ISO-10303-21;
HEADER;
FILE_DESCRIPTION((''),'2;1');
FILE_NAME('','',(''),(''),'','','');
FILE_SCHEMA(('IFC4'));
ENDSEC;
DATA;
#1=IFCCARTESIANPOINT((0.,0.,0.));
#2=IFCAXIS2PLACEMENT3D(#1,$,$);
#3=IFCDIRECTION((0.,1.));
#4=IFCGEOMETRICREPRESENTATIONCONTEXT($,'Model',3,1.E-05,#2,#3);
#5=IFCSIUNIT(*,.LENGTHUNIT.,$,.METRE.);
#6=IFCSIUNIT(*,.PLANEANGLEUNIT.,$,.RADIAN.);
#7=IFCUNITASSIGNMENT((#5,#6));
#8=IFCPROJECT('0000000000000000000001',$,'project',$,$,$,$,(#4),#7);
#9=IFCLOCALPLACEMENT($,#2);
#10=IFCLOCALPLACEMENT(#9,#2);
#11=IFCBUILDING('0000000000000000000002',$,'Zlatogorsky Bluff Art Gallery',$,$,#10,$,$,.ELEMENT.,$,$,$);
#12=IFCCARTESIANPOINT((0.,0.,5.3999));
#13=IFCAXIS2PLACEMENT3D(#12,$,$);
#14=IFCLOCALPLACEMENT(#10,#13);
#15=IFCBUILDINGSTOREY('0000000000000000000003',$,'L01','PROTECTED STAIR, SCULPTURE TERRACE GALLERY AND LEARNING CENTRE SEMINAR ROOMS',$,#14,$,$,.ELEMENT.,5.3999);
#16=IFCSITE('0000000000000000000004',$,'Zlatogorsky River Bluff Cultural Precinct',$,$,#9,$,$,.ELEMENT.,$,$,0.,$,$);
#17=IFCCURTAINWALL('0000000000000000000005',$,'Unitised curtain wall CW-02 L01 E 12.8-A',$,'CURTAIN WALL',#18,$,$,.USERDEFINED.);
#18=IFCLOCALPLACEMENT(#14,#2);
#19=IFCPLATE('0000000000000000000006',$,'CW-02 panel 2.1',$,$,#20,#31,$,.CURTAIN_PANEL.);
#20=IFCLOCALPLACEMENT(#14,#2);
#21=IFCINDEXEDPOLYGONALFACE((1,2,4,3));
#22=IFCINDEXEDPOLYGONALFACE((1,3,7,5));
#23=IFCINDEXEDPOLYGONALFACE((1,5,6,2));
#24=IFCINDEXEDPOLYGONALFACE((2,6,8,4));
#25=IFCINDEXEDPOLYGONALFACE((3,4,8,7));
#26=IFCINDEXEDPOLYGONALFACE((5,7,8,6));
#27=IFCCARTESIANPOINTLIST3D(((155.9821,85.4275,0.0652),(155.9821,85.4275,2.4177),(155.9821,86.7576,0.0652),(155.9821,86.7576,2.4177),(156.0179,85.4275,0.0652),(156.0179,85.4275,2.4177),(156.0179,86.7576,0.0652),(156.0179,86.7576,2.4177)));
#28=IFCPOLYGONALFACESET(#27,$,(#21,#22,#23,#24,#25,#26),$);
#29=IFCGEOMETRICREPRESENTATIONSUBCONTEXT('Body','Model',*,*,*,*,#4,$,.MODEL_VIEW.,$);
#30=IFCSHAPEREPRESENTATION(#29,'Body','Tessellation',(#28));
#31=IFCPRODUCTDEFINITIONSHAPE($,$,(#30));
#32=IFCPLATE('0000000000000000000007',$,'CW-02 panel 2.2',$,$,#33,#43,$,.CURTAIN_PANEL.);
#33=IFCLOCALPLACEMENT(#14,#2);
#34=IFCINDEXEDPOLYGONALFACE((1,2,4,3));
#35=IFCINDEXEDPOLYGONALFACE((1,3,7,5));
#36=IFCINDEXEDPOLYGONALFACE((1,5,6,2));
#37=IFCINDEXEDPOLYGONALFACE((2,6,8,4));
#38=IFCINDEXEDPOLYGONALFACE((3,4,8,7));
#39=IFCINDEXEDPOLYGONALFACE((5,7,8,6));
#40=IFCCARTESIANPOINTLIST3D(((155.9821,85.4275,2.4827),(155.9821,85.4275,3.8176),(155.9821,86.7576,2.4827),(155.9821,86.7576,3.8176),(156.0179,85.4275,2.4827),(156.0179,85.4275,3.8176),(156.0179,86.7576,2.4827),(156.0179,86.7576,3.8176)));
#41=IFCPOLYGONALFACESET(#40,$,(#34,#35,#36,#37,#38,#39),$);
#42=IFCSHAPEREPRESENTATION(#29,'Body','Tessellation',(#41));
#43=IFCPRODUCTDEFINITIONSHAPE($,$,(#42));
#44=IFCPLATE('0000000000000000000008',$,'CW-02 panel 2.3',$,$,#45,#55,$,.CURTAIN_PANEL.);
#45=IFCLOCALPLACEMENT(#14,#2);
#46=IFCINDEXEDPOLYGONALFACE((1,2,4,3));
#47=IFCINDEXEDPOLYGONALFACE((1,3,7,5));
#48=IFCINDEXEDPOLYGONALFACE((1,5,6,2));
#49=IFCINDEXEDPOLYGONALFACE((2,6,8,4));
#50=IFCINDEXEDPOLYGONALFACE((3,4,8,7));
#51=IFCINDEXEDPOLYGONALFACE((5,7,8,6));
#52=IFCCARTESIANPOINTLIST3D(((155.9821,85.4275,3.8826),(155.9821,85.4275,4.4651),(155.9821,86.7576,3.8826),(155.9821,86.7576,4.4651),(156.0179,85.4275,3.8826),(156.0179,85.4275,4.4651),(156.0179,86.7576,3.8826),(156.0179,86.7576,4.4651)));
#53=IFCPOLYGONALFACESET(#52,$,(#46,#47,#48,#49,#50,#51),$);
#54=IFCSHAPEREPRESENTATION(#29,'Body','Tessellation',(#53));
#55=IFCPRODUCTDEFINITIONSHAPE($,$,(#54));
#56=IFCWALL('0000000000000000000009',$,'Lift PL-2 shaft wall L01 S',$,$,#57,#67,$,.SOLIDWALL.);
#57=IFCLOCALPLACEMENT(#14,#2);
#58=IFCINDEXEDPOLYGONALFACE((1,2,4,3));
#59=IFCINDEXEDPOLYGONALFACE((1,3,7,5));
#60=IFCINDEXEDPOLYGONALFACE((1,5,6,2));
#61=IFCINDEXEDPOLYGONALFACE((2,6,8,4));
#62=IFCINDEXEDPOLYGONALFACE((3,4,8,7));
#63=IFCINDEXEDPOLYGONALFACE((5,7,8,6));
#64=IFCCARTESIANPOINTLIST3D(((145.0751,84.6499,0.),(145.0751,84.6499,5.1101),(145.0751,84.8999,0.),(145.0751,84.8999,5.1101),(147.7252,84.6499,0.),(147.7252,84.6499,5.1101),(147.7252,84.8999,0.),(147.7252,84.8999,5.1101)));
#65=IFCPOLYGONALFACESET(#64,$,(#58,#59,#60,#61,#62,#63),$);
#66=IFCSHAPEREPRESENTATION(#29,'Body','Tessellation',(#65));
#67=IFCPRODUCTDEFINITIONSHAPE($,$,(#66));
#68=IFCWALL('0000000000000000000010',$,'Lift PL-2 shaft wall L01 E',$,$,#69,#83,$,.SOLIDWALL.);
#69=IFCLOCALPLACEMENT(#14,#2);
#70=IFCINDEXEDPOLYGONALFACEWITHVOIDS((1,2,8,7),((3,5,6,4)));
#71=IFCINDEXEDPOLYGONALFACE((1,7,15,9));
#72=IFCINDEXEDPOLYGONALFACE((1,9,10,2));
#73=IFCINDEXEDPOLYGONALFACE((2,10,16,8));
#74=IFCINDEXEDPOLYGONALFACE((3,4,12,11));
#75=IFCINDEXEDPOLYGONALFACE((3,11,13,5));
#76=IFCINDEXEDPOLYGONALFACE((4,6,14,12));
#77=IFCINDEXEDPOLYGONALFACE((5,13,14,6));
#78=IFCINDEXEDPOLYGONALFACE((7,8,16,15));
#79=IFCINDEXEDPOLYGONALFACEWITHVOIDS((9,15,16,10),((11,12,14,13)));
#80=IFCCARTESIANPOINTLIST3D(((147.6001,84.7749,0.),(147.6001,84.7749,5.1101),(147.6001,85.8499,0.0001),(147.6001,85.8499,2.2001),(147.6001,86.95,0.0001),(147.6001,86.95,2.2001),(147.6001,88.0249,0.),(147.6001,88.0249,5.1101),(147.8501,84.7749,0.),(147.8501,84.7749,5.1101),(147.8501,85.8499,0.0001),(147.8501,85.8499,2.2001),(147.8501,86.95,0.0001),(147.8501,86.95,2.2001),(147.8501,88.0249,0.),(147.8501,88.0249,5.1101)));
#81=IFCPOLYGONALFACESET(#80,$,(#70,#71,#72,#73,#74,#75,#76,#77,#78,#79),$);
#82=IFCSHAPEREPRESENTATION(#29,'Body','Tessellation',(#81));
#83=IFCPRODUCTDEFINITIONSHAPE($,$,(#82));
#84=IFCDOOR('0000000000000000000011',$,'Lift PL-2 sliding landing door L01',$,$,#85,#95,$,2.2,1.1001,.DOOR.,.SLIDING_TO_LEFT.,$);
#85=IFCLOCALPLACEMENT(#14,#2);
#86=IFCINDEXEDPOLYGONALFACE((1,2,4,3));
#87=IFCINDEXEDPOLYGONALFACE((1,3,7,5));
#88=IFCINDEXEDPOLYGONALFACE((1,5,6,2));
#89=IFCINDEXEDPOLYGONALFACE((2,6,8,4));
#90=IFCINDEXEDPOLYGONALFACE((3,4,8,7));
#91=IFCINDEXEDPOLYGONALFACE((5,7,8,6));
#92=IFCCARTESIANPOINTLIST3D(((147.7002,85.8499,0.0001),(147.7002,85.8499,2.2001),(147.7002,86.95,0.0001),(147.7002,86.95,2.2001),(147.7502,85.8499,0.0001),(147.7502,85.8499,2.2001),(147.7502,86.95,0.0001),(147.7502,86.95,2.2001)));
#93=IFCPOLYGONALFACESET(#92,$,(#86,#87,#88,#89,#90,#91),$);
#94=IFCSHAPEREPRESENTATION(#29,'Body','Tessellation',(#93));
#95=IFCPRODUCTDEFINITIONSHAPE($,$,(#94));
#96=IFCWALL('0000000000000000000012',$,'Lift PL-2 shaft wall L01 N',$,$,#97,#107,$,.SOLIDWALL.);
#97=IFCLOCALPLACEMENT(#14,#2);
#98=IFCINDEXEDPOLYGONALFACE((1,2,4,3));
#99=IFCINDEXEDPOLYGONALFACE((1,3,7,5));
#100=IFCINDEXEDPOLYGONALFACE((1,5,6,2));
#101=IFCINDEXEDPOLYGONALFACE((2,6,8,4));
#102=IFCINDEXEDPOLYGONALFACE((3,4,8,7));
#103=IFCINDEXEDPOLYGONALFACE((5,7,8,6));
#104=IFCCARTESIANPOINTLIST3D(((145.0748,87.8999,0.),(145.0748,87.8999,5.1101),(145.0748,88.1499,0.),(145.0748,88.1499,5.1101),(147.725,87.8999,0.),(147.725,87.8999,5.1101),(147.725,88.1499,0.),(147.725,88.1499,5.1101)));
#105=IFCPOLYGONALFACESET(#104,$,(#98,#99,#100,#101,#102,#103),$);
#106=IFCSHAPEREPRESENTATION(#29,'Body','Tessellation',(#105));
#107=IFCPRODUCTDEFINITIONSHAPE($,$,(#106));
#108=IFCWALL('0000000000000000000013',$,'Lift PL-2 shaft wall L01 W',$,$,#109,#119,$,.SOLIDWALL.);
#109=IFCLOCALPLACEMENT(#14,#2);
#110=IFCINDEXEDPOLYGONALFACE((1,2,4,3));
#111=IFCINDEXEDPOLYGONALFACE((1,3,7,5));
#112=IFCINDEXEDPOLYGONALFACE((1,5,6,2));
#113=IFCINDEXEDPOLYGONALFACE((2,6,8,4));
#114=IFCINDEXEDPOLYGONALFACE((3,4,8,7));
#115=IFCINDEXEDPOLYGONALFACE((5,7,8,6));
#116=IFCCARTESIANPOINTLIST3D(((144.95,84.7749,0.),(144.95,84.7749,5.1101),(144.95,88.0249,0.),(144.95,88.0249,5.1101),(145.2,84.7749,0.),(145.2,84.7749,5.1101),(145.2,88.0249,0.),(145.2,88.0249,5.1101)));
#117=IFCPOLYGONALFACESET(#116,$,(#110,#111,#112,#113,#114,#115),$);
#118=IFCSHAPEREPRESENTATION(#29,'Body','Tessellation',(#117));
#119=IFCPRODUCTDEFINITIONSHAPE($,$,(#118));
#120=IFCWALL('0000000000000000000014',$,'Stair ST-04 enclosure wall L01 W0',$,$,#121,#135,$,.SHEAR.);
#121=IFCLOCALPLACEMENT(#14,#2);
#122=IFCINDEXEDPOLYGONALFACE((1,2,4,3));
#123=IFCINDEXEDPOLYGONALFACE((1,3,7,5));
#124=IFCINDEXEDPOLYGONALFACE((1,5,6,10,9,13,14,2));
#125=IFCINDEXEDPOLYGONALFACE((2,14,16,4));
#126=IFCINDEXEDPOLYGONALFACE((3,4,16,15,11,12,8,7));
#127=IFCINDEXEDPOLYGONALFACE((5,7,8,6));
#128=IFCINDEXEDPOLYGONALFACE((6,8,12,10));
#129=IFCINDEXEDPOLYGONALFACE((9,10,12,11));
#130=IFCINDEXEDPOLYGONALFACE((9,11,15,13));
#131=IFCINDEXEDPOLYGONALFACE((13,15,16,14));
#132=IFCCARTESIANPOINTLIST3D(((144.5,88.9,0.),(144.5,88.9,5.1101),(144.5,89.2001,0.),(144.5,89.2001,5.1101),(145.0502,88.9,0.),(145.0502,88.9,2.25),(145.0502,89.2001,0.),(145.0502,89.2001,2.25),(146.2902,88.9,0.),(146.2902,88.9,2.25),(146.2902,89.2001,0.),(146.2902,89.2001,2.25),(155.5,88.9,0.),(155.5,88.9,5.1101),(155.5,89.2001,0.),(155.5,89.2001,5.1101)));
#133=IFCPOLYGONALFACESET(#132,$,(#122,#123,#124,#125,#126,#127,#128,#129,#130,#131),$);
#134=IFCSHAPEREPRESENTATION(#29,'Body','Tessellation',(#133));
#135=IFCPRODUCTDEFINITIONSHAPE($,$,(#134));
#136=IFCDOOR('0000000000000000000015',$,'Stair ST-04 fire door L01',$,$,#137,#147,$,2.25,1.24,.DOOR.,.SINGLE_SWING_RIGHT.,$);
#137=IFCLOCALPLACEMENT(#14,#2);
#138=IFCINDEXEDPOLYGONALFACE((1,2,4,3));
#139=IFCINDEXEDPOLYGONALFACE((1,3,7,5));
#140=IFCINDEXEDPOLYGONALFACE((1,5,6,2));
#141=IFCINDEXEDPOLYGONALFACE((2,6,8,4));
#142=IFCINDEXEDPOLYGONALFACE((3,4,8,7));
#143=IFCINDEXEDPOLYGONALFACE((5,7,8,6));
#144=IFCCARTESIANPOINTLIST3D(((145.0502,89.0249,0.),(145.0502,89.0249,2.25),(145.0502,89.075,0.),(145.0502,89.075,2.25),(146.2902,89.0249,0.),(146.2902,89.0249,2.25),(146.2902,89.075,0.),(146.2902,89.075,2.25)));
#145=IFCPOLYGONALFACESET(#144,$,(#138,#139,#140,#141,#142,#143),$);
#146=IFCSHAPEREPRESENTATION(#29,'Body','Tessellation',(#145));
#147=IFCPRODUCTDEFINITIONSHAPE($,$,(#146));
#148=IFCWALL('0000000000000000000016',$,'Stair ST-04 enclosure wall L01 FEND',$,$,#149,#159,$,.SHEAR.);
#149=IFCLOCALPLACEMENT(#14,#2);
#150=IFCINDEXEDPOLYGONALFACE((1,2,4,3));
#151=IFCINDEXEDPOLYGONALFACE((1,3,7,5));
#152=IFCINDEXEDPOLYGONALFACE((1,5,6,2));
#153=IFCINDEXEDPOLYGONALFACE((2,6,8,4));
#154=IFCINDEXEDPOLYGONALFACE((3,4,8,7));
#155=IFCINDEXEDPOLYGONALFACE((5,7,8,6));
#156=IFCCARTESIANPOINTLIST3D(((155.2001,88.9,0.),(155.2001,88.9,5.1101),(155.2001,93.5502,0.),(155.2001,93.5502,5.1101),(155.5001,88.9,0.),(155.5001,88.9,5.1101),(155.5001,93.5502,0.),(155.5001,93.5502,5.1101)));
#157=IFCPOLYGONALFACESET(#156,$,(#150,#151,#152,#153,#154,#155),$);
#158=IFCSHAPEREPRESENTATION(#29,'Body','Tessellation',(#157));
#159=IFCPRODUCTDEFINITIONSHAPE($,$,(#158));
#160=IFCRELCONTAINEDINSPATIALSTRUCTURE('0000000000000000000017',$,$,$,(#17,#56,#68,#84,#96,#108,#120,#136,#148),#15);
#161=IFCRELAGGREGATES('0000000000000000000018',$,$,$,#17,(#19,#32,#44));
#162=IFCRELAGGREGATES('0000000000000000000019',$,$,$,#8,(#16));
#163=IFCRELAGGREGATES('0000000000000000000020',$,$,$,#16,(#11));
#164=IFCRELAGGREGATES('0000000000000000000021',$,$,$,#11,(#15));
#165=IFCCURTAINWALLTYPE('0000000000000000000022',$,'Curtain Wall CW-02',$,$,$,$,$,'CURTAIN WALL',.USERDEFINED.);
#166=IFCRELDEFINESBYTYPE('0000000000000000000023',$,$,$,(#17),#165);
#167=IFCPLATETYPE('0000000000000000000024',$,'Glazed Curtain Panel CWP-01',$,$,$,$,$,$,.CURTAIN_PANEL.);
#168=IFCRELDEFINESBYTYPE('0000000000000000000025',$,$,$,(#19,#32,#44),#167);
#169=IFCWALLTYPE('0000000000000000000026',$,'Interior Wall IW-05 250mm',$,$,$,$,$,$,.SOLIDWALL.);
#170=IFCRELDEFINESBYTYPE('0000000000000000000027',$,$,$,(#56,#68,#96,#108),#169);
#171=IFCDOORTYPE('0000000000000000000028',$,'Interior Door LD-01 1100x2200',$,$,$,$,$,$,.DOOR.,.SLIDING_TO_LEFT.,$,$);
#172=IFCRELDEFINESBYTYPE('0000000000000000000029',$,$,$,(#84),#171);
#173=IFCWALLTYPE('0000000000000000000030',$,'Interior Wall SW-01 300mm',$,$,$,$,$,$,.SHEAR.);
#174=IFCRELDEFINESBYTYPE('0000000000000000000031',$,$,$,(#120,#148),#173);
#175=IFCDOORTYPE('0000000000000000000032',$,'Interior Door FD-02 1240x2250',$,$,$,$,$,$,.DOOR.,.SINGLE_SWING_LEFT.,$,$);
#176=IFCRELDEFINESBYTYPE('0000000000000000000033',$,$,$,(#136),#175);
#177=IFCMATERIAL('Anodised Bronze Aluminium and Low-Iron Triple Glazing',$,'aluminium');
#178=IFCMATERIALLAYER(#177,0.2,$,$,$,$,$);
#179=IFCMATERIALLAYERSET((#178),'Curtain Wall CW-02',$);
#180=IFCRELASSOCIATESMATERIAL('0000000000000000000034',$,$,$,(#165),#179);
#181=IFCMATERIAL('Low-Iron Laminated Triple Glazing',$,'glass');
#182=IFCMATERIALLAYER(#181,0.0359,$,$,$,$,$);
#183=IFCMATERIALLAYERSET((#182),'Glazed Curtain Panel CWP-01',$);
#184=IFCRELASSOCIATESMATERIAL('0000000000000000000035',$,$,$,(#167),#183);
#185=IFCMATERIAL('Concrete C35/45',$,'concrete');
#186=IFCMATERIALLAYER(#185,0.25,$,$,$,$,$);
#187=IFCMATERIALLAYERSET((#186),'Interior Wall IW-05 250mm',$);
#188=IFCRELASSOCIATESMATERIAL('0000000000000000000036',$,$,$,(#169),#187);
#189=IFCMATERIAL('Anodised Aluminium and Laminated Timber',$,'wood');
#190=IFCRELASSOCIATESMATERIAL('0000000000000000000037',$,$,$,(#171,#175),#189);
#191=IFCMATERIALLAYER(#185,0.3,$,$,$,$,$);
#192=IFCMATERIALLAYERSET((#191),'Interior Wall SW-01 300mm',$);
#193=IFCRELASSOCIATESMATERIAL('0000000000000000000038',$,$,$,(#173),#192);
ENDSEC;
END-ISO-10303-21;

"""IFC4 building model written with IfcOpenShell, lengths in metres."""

from ifc_helpers import new_model, si_unit, direction, frame, frame_2d, origin, origin_2d, place, context, subcontext, project, spatial, rectangle, extrude, material, layer, layer_set, type_object, element, fill, aggregate, save


model = new_model("IFC4")

# Units and contexts
model_context = context("Model", 3, precision=1e-05, world=origin(), true_north=direction((0.0, 1.0)))
body_context = subcontext(model_context, "Body", "Model", "MODEL_VIEW")
ifc_project = project(units=[si_unit("LENGTHUNIT", "METRE"), si_unit("PLANEANGLEUNIT", "RADIAN")], contexts=[model_context])

# Site, building, storey
site_placement = place(None, origin())
site = spatial("IfcSite", under=ifc_project, at=site_placement, Name="Zlatogorsky River Bluff Cultural Precinct", CompositionType="ELEMENT", RefElevation=0.0)
building_placement = place(site_placement, origin())
building = spatial("IfcBuilding", under=site, at=building_placement, Name="Zlatogorsky Bluff Art Gallery", CompositionType="ELEMENT")
storey_placement = place(building_placement, frame((0.0, 0.0, 5.3999)))
storey = spatial("IfcBuildingStorey", under=building, at=storey_placement, Name="L01", Description="PROTECTED STAIR, SCULPTURE TERRACE GALLERY AND LEARNING CENTRE SEMINAR ROOMS", CompositionType="ELEMENT", Elevation=5.3999)

# Curtain wall, plates
ifc_material_1 = material(Name="Anodised Bronze Aluminium and Low-Iron Triple Glazing", Category="aluminium")
ifc_layer_1 = layer(ifc_material_1, 0.2)
ifc_layer_set_1 = layer_set([ifc_layer_1], Name="Curtain Wall CW-02")
curtain_wall_type = type_object("IfcCurtainWallType", Name="Curtain Wall CW-02", ElementType="CURTAIN WALL", PredefinedType="USERDEFINED", material=ifc_layer_set_1)
curtain_wall_placement = place(storey_placement, origin())
curtain_wall = element("IfcCurtainWall", 1, at=curtain_wall_placement, inside=storey, type_object=curtain_wall_type, Name="Unitised curtain wall CW-02 L01 E 12.8-A", ObjectType="CURTAIN WALL", PredefinedType="USERDEFINED")
ifc_material_2 = material(Name="Low-Iron Laminated Triple Glazing", Category="glass")
ifc_layer_2 = layer(ifc_material_2, 0.0359)
ifc_layer_set_2 = layer_set([ifc_layer_2], Name="Glazed Curtain Panel CWP-01")
plate_type = type_object("IfcPlateType", Name="Glazed Curtain Panel CWP-01", PredefinedType="CURTAIN_PANEL", material=ifc_layer_set_2)
plate_1_placement = place(storey_placement, frame((156.0, 86.0925, 0.0652), z_axis=(0.0, 0.0, 1.0), x_axis=(0.0, 1.0, 0.0)))
plate_1 = element("IfcPlate", 2, at=plate_1_placement, type_object=plate_type, Name="CW-02 panel 2.1", PredefinedType="CURTAIN_PANEL", context=body_context, shape_type="SweptSolid", body=[
    extrude(rectangle(XDim=1.3301, YDim=0.0359, at=origin_2d()), origin(), (0.0, 0.0, 1.0), 2.3525),
])
plate_2_placement = place(storey_placement, frame((156.0, 86.0925, 2.4827), z_axis=(0.0, 0.0, 1.0), x_axis=(0.0, 1.0, 0.0)))
plate_2 = element("IfcPlate", 3, at=plate_2_placement, type_object=plate_type, Name="CW-02 panel 2.2", PredefinedType="CURTAIN_PANEL", context=body_context, shape_type="SweptSolid", body=[
    extrude(rectangle(XDim=1.3301, YDim=0.0359, at=origin_2d()), origin(), (0.0, 0.0, 1.0), 1.335),
])
plate_3_placement = place(storey_placement, frame((156.0, 86.0925, 3.8826), z_axis=(0.0, 0.0, 1.0), x_axis=(0.0, 1.0, 0.0)))
plate_3 = element("IfcPlate", 4, at=plate_3_placement, type_object=plate_type, Name="CW-02 panel 2.3", PredefinedType="CURTAIN_PANEL", context=body_context, shape_type="SweptSolid", body=[
    extrude(rectangle(XDim=1.3301, YDim=0.0359, at=origin_2d()), origin(), (0.0, 0.0, 1.0), 0.5825),
])
aggregate(curtain_wall, [plate_1, plate_2, plate_3])

# Wall
ifc_material_3 = material(Name="Concrete C35/45", Category="concrete")
ifc_layer_3 = layer(ifc_material_3, 0.25)
ifc_layer_set_3 = layer_set([ifc_layer_3], Name="Interior Wall IW-05 250mm")
wall_type_1 = type_object("IfcWallType", Name="Interior Wall IW-05 250mm", PredefinedType="SOLIDWALL", material=ifc_layer_set_3)
wall_1_placement = place(storey_placement, frame((145.075, 84.7749, 0.0), z_axis=(0.0, 0.0, 1.0), x_axis=(1.0, 0.0, 0.0)))
element("IfcWall", 5, at=wall_1_placement, inside=storey, type_object=wall_type_1, Name="Lift PL-2 shaft wall L01 S", PredefinedType="SOLIDWALL", context=body_context, shape_type="SweptSolid", body=[
    extrude(rectangle(XDim=2.6501, YDim=0.25, at=frame_2d((1.3252, 0.0))), origin(), (0.0, 0.0, 1.0), 5.1101),
])

# Wall, opening, door
wall_2_placement = place(storey_placement, frame((147.7251, 84.7749, 0.0), z_axis=(0.0, 0.0, 1.0), x_axis=(0.0, 1.0, 0.0)))
wall_2 = element("IfcWall", 6, at=wall_2_placement, inside=storey, type_object=wall_type_1, Name="Lift PL-2 shaft wall L01 E", PredefinedType="SOLIDWALL", context=body_context, shape_type="SweptSolid", body=[
    extrude(rectangle(XDim=3.25, YDim=0.25, at=frame_2d((1.625, 0.0))), origin(), (0.0, 0.0, 1.0), 5.1101),
])
opening_1_placement = place(wall_2_placement, frame((1.075, 0.0, 0.0)))
opening_1 = element("IfcOpeningElement", 7, at=opening_1_placement, cuts=wall_2, PredefinedType="OPENING", context=body_context, shape_type="SweptSolid", body=[
    extrude(rectangle(XDim=1.1001, YDim=2.2, at=frame_2d((0.55, 1.1001))), frame((0.0, 0.135, 0.0), z_axis=(0.0, -1.0, 0.0), x_axis=(1.0, 0.0, 0.0)), (0.0, 0.0, 1.0), 0.27),
])
ifc_material_4 = material(Name="Anodised Aluminium and Laminated Timber", Category="wood")
door_type_1 = type_object("IfcDoorType", Name="Interior Door LD-01 1100x2200", OperationType="SLIDING_TO_LEFT", PredefinedType="DOOR", material=ifc_material_4)
door_1_placement = place(opening_1_placement, origin())
door_1 = element("IfcDoor", 8, at=door_1_placement, inside=storey, type_object=door_type_1, Name="Lift PL-2 sliding landing door L01", OperationType="SLIDING_TO_LEFT", OverallHeight=2.2, OverallWidth=1.1001, PredefinedType="DOOR", context=body_context, shape_type="SweptSolid", body=[
    extrude(rectangle(XDim=1.1001, YDim=2.2, at=frame_2d((0.55, 1.1001))), frame((0.0, 0.0249, 0.0), z_axis=(0.0, -1.0, 0.0), x_axis=(1.0, 0.0, 0.0)), (0.0, 0.0, 1.0), 0.05),
])
fill(opening_1, door_1)

# Walls
wall_3_placement = place(storey_placement, frame((147.7251, 88.0249, 0.0), z_axis=(0.0, 0.0, 1.0), x_axis=(-1.0, 0.0, 0.0)))
element("IfcWall", 9, at=wall_3_placement, inside=storey, type_object=wall_type_1, Name="Lift PL-2 shaft wall L01 N", PredefinedType="SOLIDWALL", context=body_context, shape_type="SweptSolid", body=[
    extrude(rectangle(XDim=2.6501, YDim=0.25, at=frame_2d((1.3252, 0.0))), origin(), (0.0, 0.0, 1.0), 5.1101),
])
wall_4_placement = place(storey_placement, frame((145.075, 88.0249, 0.0), z_axis=(0.0, 0.0, 1.0), x_axis=(0.0, -1.0, 0.0)))
element("IfcWall", 10, at=wall_4_placement, inside=storey, type_object=wall_type_1, Name="Lift PL-2 shaft wall L01 W", PredefinedType="SOLIDWALL", context=body_context, shape_type="SweptSolid", body=[
    extrude(rectangle(XDim=3.25, YDim=0.25, at=frame_2d((1.625, 0.0))), origin(), (0.0, 0.0, 1.0), 5.1101),
])

# Wall, opening, door
ifc_layer_4 = layer(ifc_material_3, 0.3)
ifc_layer_set_4 = layer_set([ifc_layer_4], Name="Interior Wall SW-01 300mm")
wall_type_2 = type_object("IfcWallType", Name="Interior Wall SW-01 300mm", PredefinedType="SHEAR", material=ifc_layer_set_4)
wall_5_placement = place(storey_placement, frame((144.5, 89.05, 0.0), z_axis=(0.0, 0.0, 1.0), x_axis=(1.0, 0.0, 0.0)))
wall_5 = element("IfcWall", 11, at=wall_5_placement, inside=storey, type_object=wall_type_2, Name="Stair ST-04 enclosure wall L01 W0", PredefinedType="SHEAR", context=body_context, shape_type="SweptSolid", body=[
    extrude(rectangle(XDim=11.0, YDim=0.3, at=frame_2d((5.5, 0.0))), origin(), (0.0, 0.0, 1.0), 5.1101),
])
opening_2_placement = place(wall_5_placement, frame((0.55, 0.0, 0.0)))
opening_2 = element("IfcOpeningElement", 12, at=opening_2_placement, cuts=wall_5, PredefinedType="OPENING", context=body_context, shape_type="SweptSolid", body=[
    extrude(rectangle(XDim=1.24, YDim=2.25, at=frame_2d((0.6201, 1.125))), frame((0.0, 0.1599, 0.0), z_axis=(0.0, -1.0, 0.0), x_axis=(1.0, 0.0, 0.0)), (0.0, 0.0, 1.0), 0.3201),
])
door_type_2 = type_object("IfcDoorType", Name="Interior Door FD-02 1240x2250", OperationType="SINGLE_SWING_LEFT", PredefinedType="DOOR", material=ifc_material_4)
door_2_placement = place(opening_2_placement, origin())
door_2 = element("IfcDoor", 13, at=door_2_placement, inside=storey, type_object=door_type_2, Name="Stair ST-04 fire door L01", OperationType="SINGLE_SWING_RIGHT", OverallHeight=2.25, OverallWidth=1.24, PredefinedType="DOOR", context=body_context, shape_type="SweptSolid", body=[
    extrude(rectangle(XDim=1.24, YDim=2.25, at=frame_2d((0.6201, 1.125))), frame((0.0, 0.0249, 0.0), z_axis=(0.0, -1.0, 0.0), x_axis=(1.0, 0.0, 0.0)), (0.0, 0.0, 1.0), 0.05),
])
fill(opening_2, door_2)

# Wall
wall_6_placement = place(storey_placement, frame((155.3501, 88.8999, 0.0), z_axis=(0.0, 0.0, 1.0), x_axis=(0.0, 1.0, 0.0)))
element("IfcWall", 14, at=wall_6_placement, inside=storey, type_object=wall_type_2, Name="Stair ST-04 enclosure wall L01 FEND", PredefinedType="SHEAR", context=body_context, shape_type="SweptSolid", body=[
    extrude(rectangle(XDim=4.6501, YDim=0.3, at=frame_2d((2.3252, 0.0))), origin(), (0.0, 0.0, 1.0), 5.1101),
])

save(model, "model.ifc")
